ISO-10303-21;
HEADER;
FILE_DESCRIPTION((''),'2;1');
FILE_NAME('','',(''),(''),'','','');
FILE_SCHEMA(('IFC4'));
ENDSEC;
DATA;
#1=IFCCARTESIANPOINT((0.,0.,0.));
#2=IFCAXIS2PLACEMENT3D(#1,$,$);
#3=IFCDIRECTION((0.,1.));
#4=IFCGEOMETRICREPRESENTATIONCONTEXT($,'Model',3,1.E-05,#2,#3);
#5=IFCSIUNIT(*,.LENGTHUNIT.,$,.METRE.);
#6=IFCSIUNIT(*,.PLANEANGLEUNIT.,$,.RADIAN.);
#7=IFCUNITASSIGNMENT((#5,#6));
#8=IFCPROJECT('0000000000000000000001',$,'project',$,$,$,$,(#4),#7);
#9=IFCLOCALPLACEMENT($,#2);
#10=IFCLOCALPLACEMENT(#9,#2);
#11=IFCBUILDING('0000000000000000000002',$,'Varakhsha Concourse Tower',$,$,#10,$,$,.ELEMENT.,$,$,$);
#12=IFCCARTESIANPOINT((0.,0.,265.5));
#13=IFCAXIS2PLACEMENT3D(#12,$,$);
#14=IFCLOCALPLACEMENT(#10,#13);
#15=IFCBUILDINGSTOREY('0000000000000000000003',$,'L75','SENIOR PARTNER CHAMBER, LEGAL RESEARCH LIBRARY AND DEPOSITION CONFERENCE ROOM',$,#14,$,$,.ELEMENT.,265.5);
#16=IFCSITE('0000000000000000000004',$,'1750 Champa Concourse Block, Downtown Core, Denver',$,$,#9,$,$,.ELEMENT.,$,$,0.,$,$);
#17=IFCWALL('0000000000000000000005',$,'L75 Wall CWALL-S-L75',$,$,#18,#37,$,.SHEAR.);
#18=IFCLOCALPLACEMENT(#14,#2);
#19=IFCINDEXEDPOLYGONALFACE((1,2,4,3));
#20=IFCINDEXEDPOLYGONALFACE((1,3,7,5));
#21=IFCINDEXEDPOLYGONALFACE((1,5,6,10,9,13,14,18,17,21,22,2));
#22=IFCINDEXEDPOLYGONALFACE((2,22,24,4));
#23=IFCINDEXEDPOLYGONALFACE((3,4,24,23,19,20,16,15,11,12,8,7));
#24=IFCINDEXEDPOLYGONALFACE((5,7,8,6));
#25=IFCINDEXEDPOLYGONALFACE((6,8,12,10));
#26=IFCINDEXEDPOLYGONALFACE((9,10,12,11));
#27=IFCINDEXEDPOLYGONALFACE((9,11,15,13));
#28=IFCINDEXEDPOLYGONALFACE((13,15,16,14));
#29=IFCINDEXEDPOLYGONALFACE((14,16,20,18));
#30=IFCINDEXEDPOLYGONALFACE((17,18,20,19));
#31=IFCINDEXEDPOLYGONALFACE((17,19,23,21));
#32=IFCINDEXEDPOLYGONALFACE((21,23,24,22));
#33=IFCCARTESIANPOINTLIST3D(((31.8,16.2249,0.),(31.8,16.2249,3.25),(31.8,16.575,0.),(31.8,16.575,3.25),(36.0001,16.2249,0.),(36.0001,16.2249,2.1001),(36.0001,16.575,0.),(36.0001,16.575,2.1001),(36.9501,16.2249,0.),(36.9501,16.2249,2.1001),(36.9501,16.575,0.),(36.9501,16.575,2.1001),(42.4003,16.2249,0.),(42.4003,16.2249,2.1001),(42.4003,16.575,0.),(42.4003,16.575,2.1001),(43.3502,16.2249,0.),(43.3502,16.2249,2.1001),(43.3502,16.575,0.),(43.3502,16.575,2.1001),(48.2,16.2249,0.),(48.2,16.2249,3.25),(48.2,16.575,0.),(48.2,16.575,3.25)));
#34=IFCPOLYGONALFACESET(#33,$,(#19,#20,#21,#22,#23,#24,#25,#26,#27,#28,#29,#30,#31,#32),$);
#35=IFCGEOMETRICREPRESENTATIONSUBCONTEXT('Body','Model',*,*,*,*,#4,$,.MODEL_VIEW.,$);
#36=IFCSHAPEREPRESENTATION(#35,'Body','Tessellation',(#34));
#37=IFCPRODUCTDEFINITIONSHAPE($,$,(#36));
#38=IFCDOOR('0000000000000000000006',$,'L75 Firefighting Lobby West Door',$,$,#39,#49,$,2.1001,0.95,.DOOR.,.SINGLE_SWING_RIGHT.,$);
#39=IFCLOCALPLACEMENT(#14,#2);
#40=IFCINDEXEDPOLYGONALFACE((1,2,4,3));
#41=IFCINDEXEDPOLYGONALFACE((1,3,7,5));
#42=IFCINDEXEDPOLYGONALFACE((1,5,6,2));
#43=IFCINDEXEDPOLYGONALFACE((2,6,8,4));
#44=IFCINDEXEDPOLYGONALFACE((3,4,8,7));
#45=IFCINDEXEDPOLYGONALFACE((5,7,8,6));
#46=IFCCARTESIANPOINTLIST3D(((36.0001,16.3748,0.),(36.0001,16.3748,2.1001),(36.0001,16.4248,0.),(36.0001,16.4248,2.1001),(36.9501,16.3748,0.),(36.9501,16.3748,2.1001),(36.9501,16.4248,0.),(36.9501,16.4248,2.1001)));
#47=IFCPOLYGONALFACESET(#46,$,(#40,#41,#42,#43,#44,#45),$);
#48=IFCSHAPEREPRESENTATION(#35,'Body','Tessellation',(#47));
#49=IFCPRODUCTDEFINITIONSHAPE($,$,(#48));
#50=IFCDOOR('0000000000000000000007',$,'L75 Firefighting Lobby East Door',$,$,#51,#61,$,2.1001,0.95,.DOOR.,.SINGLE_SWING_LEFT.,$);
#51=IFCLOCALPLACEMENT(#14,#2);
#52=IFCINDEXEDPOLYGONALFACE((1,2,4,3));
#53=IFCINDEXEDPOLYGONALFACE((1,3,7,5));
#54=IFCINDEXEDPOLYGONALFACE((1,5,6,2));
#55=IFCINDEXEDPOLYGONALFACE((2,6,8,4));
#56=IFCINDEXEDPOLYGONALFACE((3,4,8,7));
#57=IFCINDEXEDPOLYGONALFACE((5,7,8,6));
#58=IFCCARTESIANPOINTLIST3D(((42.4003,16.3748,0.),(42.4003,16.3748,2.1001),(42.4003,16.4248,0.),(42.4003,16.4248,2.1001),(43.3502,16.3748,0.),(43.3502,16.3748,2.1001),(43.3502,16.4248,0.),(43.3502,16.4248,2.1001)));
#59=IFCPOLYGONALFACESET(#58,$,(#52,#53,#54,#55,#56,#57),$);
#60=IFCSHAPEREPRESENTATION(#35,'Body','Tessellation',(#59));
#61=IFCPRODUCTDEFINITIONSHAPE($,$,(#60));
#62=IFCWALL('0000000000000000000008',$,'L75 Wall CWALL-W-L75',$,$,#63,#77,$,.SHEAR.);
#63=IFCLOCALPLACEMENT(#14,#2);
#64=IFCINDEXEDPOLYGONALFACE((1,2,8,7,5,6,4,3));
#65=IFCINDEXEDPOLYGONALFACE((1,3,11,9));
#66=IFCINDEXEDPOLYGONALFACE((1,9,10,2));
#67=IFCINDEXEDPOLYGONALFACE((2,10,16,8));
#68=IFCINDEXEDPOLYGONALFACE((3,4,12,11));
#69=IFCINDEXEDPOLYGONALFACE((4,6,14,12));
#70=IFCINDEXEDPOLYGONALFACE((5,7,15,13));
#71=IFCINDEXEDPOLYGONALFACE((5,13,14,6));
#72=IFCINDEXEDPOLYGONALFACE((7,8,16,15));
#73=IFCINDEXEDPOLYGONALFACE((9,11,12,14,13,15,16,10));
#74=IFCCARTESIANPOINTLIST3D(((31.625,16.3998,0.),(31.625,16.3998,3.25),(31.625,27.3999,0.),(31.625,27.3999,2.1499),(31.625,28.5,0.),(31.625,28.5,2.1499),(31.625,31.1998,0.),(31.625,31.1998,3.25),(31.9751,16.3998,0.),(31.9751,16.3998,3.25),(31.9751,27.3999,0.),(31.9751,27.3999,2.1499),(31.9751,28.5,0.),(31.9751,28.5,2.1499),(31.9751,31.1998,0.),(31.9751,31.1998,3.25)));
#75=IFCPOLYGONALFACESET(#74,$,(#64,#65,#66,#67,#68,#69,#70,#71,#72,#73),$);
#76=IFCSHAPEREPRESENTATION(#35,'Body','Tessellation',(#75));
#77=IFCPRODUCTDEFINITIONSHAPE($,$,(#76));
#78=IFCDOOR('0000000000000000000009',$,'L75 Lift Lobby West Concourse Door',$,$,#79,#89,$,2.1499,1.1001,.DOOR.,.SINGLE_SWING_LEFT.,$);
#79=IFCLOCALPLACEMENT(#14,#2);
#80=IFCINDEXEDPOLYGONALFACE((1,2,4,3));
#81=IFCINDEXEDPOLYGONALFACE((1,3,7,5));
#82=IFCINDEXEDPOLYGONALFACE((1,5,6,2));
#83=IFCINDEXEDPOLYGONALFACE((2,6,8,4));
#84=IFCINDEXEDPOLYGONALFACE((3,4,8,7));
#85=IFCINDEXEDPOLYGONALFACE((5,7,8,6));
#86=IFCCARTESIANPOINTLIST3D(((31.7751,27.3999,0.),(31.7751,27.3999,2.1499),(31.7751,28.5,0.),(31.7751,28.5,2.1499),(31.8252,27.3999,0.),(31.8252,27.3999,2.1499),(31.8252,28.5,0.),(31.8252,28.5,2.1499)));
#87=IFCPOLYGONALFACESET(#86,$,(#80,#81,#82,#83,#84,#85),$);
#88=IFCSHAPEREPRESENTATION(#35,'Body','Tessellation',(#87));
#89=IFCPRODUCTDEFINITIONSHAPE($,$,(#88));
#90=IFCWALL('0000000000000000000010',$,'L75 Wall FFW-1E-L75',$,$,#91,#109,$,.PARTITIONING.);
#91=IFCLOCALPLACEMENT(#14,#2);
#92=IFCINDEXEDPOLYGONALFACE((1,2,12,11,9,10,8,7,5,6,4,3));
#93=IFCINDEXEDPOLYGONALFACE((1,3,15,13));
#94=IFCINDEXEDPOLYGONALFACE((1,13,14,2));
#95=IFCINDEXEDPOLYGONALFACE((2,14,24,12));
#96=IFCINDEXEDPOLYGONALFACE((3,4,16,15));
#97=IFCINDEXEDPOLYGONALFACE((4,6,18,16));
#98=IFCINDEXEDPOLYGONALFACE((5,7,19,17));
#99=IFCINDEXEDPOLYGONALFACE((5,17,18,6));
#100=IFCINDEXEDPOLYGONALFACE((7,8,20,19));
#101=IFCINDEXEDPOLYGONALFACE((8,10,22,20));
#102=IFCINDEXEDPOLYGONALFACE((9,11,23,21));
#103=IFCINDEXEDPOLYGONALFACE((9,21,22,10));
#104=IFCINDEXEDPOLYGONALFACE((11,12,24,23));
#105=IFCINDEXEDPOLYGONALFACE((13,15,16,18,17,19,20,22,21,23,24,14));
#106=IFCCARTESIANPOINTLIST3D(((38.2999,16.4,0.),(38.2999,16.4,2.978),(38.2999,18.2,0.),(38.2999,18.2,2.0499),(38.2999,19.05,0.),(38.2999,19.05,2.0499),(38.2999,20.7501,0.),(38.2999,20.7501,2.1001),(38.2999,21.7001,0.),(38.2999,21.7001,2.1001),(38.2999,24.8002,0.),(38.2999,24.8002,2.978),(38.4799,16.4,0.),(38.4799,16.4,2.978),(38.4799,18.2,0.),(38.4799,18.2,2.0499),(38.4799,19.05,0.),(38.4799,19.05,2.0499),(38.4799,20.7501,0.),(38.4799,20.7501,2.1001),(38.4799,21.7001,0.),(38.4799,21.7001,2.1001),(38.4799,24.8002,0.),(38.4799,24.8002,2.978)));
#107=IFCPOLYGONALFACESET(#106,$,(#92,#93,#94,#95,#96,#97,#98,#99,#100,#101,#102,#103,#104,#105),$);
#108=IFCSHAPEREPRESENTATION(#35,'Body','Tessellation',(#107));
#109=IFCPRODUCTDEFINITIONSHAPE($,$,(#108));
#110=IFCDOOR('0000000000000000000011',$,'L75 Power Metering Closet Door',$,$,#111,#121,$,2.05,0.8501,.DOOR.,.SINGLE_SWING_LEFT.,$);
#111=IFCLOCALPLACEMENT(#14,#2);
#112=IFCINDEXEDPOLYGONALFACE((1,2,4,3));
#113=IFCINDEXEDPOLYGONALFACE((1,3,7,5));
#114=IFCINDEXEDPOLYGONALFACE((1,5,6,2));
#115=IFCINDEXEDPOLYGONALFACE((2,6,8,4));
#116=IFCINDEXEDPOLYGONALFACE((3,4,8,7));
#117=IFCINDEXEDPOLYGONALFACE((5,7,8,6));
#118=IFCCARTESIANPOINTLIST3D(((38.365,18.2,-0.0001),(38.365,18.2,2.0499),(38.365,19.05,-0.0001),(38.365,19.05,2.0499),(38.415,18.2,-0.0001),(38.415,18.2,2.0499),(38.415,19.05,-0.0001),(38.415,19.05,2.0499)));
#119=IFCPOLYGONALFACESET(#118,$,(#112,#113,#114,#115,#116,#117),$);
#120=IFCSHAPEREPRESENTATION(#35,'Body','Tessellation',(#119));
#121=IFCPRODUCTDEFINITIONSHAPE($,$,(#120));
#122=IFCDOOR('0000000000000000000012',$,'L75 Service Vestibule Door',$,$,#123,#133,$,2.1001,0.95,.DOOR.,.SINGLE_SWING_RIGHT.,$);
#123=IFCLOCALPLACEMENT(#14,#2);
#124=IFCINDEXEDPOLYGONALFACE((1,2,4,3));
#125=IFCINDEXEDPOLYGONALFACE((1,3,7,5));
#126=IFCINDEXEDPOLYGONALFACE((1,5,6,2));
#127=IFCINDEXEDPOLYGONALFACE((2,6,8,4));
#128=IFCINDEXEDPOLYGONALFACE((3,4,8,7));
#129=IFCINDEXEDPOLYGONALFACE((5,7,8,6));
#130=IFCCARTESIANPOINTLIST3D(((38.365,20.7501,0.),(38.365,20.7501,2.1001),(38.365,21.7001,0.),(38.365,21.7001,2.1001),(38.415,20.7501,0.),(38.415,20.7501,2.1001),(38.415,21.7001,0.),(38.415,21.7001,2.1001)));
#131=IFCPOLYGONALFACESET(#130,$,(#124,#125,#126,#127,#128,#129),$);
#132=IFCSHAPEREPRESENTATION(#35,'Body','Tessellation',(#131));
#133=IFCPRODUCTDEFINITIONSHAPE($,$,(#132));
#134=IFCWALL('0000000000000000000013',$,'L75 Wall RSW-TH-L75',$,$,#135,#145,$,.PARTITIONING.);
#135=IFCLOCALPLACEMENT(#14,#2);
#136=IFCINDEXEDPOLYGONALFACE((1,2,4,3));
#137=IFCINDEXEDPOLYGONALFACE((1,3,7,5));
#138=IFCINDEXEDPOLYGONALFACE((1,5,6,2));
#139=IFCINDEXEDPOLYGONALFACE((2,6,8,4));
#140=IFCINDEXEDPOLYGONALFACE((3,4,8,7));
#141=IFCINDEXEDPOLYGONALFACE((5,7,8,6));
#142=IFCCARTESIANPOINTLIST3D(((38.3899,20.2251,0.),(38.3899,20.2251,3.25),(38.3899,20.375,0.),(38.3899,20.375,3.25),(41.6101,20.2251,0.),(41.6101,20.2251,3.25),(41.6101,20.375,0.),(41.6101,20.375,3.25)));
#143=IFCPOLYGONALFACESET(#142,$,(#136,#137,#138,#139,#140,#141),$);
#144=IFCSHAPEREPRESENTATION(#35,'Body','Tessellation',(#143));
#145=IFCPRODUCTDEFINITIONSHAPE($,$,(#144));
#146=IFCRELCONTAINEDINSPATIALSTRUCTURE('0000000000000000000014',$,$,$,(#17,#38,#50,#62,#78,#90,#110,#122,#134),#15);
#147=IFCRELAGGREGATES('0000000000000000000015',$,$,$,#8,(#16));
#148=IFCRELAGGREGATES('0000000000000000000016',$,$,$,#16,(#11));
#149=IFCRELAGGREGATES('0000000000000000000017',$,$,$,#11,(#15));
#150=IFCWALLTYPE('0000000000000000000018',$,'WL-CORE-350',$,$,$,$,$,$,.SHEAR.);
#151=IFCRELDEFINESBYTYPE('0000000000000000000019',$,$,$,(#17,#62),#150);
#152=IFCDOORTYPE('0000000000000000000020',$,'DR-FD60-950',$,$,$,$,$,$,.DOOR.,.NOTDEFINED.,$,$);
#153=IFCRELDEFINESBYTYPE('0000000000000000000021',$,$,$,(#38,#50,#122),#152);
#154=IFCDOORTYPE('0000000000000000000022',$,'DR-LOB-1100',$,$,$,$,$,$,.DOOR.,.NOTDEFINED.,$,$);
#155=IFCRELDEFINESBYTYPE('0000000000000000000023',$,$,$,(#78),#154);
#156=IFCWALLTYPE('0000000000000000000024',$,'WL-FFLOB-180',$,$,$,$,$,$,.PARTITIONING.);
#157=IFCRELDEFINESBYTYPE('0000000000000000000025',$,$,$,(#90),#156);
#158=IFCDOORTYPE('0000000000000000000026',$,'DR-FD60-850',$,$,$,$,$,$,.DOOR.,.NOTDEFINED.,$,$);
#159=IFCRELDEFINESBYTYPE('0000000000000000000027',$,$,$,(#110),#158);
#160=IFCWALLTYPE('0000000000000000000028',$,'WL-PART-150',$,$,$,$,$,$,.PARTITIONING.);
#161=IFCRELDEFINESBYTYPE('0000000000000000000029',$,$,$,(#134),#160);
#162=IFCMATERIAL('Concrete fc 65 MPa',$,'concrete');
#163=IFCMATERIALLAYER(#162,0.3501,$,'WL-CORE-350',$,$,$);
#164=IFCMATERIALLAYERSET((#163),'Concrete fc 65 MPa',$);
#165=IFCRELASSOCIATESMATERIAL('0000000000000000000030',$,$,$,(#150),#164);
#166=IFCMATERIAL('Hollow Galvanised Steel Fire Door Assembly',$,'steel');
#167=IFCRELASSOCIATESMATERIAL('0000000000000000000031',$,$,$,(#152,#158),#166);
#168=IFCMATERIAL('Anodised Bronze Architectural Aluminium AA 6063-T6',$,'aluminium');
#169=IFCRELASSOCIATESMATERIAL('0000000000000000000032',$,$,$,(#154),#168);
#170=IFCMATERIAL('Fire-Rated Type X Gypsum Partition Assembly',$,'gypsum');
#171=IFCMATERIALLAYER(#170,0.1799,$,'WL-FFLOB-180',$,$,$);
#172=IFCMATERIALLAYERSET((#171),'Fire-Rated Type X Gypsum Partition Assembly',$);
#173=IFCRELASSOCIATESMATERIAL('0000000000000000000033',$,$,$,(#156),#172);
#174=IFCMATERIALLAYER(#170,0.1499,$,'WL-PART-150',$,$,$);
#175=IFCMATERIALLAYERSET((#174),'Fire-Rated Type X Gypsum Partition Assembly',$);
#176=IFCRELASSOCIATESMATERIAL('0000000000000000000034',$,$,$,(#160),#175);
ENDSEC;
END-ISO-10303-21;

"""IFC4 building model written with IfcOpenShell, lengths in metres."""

from ifc_helpers import new_model, si_unit, direction, frame, frame_2d, origin, place, context, subcontext, project, spatial, rectangle, extrude, material, layer, layer_set, type_object, element, fill, save


model = new_model("IFC4")

# Units and contexts
model_context = context("Model", 3, precision=1e-05, world=origin(), true_north=direction((0.0, 1.0)))
body_context = subcontext(model_context, "Body", "Model", "MODEL_VIEW")
ifc_project = project(units=[si_unit("LENGTHUNIT", "METRE"), si_unit("PLANEANGLEUNIT", "RADIAN")], contexts=[model_context])

# Site, building, storey
site_placement = place(None, origin())
site = spatial("IfcSite", under=ifc_project, at=site_placement, Name="1750 Champa Concourse Block, Downtown Core, Denver", CompositionType="ELEMENT", RefElevation=0.0)
building_placement = place(site_placement, origin())
building = spatial("IfcBuilding", under=site, at=building_placement, Name="Varakhsha Concourse Tower", CompositionType="ELEMENT")
storey_placement = place(building_placement, frame((0.0, 0.0, 265.5)))
storey = spatial("IfcBuildingStorey", under=building, at=storey_placement, Name="L75", Description="SENIOR PARTNER CHAMBER, LEGAL RESEARCH LIBRARY AND DEPOSITION CONFERENCE ROOM", CompositionType="ELEMENT", Elevation=265.5)

# Shared definitions
ifc_material_1 = material(Name="Concrete fc 65 MPa", Category="concrete")

# Shared definitions
ifc_material_2 = material(Name="Anodised Bronze Architectural Aluminium AA 6063-T6", Category="aluminium")

# Wall, openings, doors
ifc_layer_1 = layer(ifc_material_1, 0.3501, Name="WL-CORE-350")
ifc_layer_set_1 = layer_set([ifc_layer_1], Name="Concrete fc 65 MPa")
wall_type_1 = type_object("IfcWallType", Name="WL-CORE-350", PredefinedType="SHEAR", material=ifc_layer_set_1)
wall_1_placement = place(storey_placement, frame((31.8, 16.3999, 0.0), z_axis=(0.0, 0.0, 1.0), x_axis=(1.0, 0.0, 0.0)))
wall_1 = element("IfcWall", 1, at=wall_1_placement, inside=storey, type_object=wall_type_1, Name="L75 Wall CWALL-S-L75", PredefinedType="SHEAR", context=body_context, shape_type="SweptSolid", body=[
    extrude(rectangle(XDim=16.3999, YDim=0.3501, at=frame_2d((8.2, 0.0))), origin(), (0.0, 0.0, 1.0), 3.25),
])
opening_1_placement = place(wall_1_placement, frame((4.2, 0.0, 0.0)))
opening_1 = element("IfcOpeningElement", 2, at=opening_1_placement, cuts=wall_1, PredefinedType="OPENING", context=body_context, shape_type="SweptSolid", body=[
    extrude(rectangle(XDim=0.95, YDim=2.1001, at=frame_2d((0.4751, 1.05))), frame((0.0, 0.1851, 0.0), z_axis=(0.0, -1.0, 0.0), x_axis=(1.0, 0.0, 0.0)), (0.0, 0.0, 1.0), 0.3701),
])
opening_2_placement = place(wall_1_placement, frame((10.6001, 0.0, 0.0)))
opening_2 = element("IfcOpeningElement", 3, at=opening_2_placement, cuts=wall_1, PredefinedType="OPENING", context=body_context, shape_type="SweptSolid", body=[
    extrude(rectangle(XDim=0.95, YDim=2.1001, at=frame_2d((0.4751, 1.05))), frame((0.0, 0.1851, 0.0), z_axis=(0.0, -1.0, 0.0), x_axis=(1.0, 0.0, 0.0)), (0.0, 0.0, 1.0), 0.3701),
])
ifc_material_3 = material(Name="Hollow Galvanised Steel Fire Door Assembly", Category="steel")
door_type_1 = type_object("IfcDoorType", Name="DR-FD60-950", OperationType="NOTDEFINED", PredefinedType="DOOR", material=ifc_material_3)
door_1_placement = place(opening_1_placement, origin())
door_1 = element("IfcDoor", 4, at=door_1_placement, inside=storey, type_object=door_type_1, Name="L75 Firefighting Lobby West Door", OperationType="SINGLE_SWING_RIGHT", OverallHeight=2.1001, OverallWidth=0.95, PredefinedType="DOOR", context=body_context, shape_type="SweptSolid", body=[
    extrude(rectangle(XDim=0.95, YDim=2.1001, at=frame_2d((0.4751, 1.05))), frame((0.0, 0.0249, 0.0), z_axis=(0.0, -1.0, 0.0), x_axis=(1.0, 0.0, 0.0)), (0.0, 0.0, 1.0), 0.05),
])
fill(opening_1, door_1)
door_2_placement = place(opening_2_placement, origin())
door_2 = element("IfcDoor", 5, at=door_2_placement, inside=storey, type_object=door_type_1, Name="L75 Firefighting Lobby East Door", OperationType="SINGLE_SWING_LEFT", OverallHeight=2.1001, OverallWidth=0.95, PredefinedType="DOOR", context=body_context, shape_type="SweptSolid", body=[
    extrude(rectangle(XDim=0.95, YDim=2.1001, at=frame_2d((0.4751, 1.05))), frame((0.0, 0.0249, 0.0), z_axis=(0.0, -1.0, 0.0), x_axis=(1.0, 0.0, 0.0)), (0.0, 0.0, 1.0), 0.05),
])
fill(opening_2, door_2)

# Wall, opening, door
wall_2_placement = place(storey_placement, frame((31.8, 16.3999, 0.0), z_axis=(0.0, 0.0, 1.0), x_axis=(0.0, 1.0, 0.0)))
wall_2 = element("IfcWall", 6, at=wall_2_placement, inside=storey, type_object=wall_type_1, Name="L75 Wall CWALL-W-L75", PredefinedType="SHEAR", context=body_context, shape_type="SweptSolid", body=[
    extrude(rectangle(XDim=14.8, YDim=0.3501, at=frame_2d((7.3999, 0.0))), origin(), (0.0, 0.0, 1.0), 3.25),
])
opening_3_placement = place(wall_2_placement, frame((11.0, 0.0, 0.0)))
opening_3 = element("IfcOpeningElement", 7, at=opening_3_placement, cuts=wall_2, PredefinedType="OPENING", context=body_context, shape_type="SweptSolid", body=[
    extrude(rectangle(XDim=1.1001, YDim=2.1499, at=frame_2d((0.55, 1.075))), frame((0.0, 0.1851, 0.0), z_axis=(0.0, -1.0, 0.0), x_axis=(1.0, 0.0, 0.0)), (0.0, 0.0, 1.0), 0.3701),
])
door_type_2 = type_object("IfcDoorType", Name="DR-LOB-1100", OperationType="NOTDEFINED", PredefinedType="DOOR", material=ifc_material_2)
door_3_placement = place(opening_3_placement, origin())
door_3 = element("IfcDoor", 8, at=door_3_placement, inside=storey, type_object=door_type_2, Name="L75 Lift Lobby West Concourse Door", OperationType="SINGLE_SWING_LEFT", OverallHeight=2.1499, OverallWidth=1.1001, PredefinedType="DOOR", context=body_context, shape_type="SweptSolid", body=[
    extrude(rectangle(XDim=1.1001, YDim=2.1499, at=frame_2d((0.55, 1.075))), frame((0.0, 0.0249, 0.0), z_axis=(0.0, -1.0, 0.0), x_axis=(1.0, 0.0, 0.0)), (0.0, 0.0, 1.0), 0.05),
])
fill(opening_3, door_3)

# Wall, openings, doors
ifc_material_4 = material(Name="Fire-Rated Type X Gypsum Partition Assembly", Category="gypsum")
ifc_layer_2 = layer(ifc_material_4, 0.1799, Name="WL-FFLOB-180")
ifc_layer_set_2 = layer_set([ifc_layer_2], Name="Fire-Rated Type X Gypsum Partition Assembly")
wall_type_2 = type_object("IfcWallType", Name="WL-FFLOB-180", PredefinedType="PARTITIONING", material=ifc_layer_set_2)
wall_3_placement = place(storey_placement, frame((38.3899, 16.3999, 0.0), z_axis=(0.0, 0.0, 1.0), x_axis=(0.0, 1.0, 0.0)))
wall_3 = element("IfcWall", 9, at=wall_3_placement, inside=storey, type_object=wall_type_2, Name="L75 Wall FFW-1E-L75", PredefinedType="PARTITIONING", context=body_context, shape_type="SweptSolid", body=[
    extrude(rectangle(XDim=8.4001, YDim=0.1799, at=frame_2d((4.2002, 0.0))), origin(), (0.0, 0.0, 1.0), 2.978),
])
opening_4_placement = place(wall_3_placement, frame((1.8, 0.0, 0.0)))
opening_4 = element("IfcOpeningElement", 10, at=opening_4_placement, cuts=wall_3, PredefinedType="OPENING", context=body_context, shape_type="SweptSolid", body=[
    extrude(rectangle(XDim=0.8501, YDim=2.05, at=frame_2d((0.425, 1.0249))), frame((0.0, 0.0999, 0.0), z_axis=(0.0, -1.0, 0.0), x_axis=(1.0, 0.0, 0.0)), (0.0, 0.0, 1.0), 0.2),
])
opening_5_placement = place(wall_3_placement, frame((4.3501, 0.0, 0.0)))
opening_5 = element("IfcOpeningElement", 11, at=opening_5_placement, cuts=wall_3, PredefinedType="OPENING", context=body_context, shape_type="SweptSolid", body=[
    extrude(rectangle(XDim=0.95, YDim=2.1001, at=frame_2d((0.4751, 1.05))), frame((0.0, 0.0999, 0.0), z_axis=(0.0, -1.0, 0.0), x_axis=(1.0, 0.0, 0.0)), (0.0, 0.0, 1.0), 0.2),
])
door_type_3 = type_object("IfcDoorType", Name="DR-FD60-850", OperationType="NOTDEFINED", PredefinedType="DOOR", material=ifc_material_3)
door_4_placement = place(opening_4_placement, origin())
door_4 = element("IfcDoor", 12, at=door_4_placement, inside=storey, type_object=door_type_3, Name="L75 Power Metering Closet Door", OperationType="SINGLE_SWING_LEFT", OverallHeight=2.05, OverallWidth=0.8501, PredefinedType="DOOR", context=body_context, shape_type="SweptSolid", body=[
    extrude(rectangle(XDim=0.8501, YDim=2.05, at=frame_2d((0.425, 1.0249))), frame((0.0, 0.0249, 0.0), z_axis=(0.0, -1.0, 0.0), x_axis=(1.0, 0.0, 0.0)), (0.0, 0.0, 1.0), 0.05),
])
fill(opening_4, door_4)
door_5_placement = place(opening_5_placement, origin())
door_5 = element("IfcDoor", 13, at=door_5_placement, inside=storey, type_object=door_type_1, Name="L75 Service Vestibule Door", OperationType="SINGLE_SWING_RIGHT", OverallHeight=2.1001, OverallWidth=0.95, PredefinedType="DOOR", context=body_context, shape_type="SweptSolid", body=[
    extrude(rectangle(XDim=0.95, YDim=2.1001, at=frame_2d((0.4751, 1.05))), frame((0.0, 0.0249, 0.0), z_axis=(0.0, -1.0, 0.0), x_axis=(1.0, 0.0, 0.0)), (0.0, 0.0, 1.0), 0.05),
])
fill(opening_5, door_5)

# Wall
ifc_layer_3 = layer(ifc_material_4, 0.1499, Name="WL-PART-150")
ifc_layer_set_3 = layer_set([ifc_layer_3], Name="Fire-Rated Type X Gypsum Partition Assembly")
wall_type_3 = type_object("IfcWallType", Name="WL-PART-150", PredefinedType="PARTITIONING", material=ifc_layer_set_3)
wall_4_placement = place(storey_placement, frame((38.3899, 20.3, 0.0), z_axis=(0.0, 0.0, 1.0), x_axis=(1.0, 0.0, 0.0)))
element("IfcWall", 14, at=wall_4_placement, inside=storey, type_object=wall_type_3, Name="L75 Wall RSW-TH-L75", PredefinedType="PARTITIONING", context=body_context, shape_type="SweptSolid", body=[
    extrude(rectangle(XDim=3.2202, YDim=0.1499, at=frame_2d((1.6101, 0.0))), origin(), (0.0, 0.0, 1.0), 3.25),
])

save(model, "model.ifc")
